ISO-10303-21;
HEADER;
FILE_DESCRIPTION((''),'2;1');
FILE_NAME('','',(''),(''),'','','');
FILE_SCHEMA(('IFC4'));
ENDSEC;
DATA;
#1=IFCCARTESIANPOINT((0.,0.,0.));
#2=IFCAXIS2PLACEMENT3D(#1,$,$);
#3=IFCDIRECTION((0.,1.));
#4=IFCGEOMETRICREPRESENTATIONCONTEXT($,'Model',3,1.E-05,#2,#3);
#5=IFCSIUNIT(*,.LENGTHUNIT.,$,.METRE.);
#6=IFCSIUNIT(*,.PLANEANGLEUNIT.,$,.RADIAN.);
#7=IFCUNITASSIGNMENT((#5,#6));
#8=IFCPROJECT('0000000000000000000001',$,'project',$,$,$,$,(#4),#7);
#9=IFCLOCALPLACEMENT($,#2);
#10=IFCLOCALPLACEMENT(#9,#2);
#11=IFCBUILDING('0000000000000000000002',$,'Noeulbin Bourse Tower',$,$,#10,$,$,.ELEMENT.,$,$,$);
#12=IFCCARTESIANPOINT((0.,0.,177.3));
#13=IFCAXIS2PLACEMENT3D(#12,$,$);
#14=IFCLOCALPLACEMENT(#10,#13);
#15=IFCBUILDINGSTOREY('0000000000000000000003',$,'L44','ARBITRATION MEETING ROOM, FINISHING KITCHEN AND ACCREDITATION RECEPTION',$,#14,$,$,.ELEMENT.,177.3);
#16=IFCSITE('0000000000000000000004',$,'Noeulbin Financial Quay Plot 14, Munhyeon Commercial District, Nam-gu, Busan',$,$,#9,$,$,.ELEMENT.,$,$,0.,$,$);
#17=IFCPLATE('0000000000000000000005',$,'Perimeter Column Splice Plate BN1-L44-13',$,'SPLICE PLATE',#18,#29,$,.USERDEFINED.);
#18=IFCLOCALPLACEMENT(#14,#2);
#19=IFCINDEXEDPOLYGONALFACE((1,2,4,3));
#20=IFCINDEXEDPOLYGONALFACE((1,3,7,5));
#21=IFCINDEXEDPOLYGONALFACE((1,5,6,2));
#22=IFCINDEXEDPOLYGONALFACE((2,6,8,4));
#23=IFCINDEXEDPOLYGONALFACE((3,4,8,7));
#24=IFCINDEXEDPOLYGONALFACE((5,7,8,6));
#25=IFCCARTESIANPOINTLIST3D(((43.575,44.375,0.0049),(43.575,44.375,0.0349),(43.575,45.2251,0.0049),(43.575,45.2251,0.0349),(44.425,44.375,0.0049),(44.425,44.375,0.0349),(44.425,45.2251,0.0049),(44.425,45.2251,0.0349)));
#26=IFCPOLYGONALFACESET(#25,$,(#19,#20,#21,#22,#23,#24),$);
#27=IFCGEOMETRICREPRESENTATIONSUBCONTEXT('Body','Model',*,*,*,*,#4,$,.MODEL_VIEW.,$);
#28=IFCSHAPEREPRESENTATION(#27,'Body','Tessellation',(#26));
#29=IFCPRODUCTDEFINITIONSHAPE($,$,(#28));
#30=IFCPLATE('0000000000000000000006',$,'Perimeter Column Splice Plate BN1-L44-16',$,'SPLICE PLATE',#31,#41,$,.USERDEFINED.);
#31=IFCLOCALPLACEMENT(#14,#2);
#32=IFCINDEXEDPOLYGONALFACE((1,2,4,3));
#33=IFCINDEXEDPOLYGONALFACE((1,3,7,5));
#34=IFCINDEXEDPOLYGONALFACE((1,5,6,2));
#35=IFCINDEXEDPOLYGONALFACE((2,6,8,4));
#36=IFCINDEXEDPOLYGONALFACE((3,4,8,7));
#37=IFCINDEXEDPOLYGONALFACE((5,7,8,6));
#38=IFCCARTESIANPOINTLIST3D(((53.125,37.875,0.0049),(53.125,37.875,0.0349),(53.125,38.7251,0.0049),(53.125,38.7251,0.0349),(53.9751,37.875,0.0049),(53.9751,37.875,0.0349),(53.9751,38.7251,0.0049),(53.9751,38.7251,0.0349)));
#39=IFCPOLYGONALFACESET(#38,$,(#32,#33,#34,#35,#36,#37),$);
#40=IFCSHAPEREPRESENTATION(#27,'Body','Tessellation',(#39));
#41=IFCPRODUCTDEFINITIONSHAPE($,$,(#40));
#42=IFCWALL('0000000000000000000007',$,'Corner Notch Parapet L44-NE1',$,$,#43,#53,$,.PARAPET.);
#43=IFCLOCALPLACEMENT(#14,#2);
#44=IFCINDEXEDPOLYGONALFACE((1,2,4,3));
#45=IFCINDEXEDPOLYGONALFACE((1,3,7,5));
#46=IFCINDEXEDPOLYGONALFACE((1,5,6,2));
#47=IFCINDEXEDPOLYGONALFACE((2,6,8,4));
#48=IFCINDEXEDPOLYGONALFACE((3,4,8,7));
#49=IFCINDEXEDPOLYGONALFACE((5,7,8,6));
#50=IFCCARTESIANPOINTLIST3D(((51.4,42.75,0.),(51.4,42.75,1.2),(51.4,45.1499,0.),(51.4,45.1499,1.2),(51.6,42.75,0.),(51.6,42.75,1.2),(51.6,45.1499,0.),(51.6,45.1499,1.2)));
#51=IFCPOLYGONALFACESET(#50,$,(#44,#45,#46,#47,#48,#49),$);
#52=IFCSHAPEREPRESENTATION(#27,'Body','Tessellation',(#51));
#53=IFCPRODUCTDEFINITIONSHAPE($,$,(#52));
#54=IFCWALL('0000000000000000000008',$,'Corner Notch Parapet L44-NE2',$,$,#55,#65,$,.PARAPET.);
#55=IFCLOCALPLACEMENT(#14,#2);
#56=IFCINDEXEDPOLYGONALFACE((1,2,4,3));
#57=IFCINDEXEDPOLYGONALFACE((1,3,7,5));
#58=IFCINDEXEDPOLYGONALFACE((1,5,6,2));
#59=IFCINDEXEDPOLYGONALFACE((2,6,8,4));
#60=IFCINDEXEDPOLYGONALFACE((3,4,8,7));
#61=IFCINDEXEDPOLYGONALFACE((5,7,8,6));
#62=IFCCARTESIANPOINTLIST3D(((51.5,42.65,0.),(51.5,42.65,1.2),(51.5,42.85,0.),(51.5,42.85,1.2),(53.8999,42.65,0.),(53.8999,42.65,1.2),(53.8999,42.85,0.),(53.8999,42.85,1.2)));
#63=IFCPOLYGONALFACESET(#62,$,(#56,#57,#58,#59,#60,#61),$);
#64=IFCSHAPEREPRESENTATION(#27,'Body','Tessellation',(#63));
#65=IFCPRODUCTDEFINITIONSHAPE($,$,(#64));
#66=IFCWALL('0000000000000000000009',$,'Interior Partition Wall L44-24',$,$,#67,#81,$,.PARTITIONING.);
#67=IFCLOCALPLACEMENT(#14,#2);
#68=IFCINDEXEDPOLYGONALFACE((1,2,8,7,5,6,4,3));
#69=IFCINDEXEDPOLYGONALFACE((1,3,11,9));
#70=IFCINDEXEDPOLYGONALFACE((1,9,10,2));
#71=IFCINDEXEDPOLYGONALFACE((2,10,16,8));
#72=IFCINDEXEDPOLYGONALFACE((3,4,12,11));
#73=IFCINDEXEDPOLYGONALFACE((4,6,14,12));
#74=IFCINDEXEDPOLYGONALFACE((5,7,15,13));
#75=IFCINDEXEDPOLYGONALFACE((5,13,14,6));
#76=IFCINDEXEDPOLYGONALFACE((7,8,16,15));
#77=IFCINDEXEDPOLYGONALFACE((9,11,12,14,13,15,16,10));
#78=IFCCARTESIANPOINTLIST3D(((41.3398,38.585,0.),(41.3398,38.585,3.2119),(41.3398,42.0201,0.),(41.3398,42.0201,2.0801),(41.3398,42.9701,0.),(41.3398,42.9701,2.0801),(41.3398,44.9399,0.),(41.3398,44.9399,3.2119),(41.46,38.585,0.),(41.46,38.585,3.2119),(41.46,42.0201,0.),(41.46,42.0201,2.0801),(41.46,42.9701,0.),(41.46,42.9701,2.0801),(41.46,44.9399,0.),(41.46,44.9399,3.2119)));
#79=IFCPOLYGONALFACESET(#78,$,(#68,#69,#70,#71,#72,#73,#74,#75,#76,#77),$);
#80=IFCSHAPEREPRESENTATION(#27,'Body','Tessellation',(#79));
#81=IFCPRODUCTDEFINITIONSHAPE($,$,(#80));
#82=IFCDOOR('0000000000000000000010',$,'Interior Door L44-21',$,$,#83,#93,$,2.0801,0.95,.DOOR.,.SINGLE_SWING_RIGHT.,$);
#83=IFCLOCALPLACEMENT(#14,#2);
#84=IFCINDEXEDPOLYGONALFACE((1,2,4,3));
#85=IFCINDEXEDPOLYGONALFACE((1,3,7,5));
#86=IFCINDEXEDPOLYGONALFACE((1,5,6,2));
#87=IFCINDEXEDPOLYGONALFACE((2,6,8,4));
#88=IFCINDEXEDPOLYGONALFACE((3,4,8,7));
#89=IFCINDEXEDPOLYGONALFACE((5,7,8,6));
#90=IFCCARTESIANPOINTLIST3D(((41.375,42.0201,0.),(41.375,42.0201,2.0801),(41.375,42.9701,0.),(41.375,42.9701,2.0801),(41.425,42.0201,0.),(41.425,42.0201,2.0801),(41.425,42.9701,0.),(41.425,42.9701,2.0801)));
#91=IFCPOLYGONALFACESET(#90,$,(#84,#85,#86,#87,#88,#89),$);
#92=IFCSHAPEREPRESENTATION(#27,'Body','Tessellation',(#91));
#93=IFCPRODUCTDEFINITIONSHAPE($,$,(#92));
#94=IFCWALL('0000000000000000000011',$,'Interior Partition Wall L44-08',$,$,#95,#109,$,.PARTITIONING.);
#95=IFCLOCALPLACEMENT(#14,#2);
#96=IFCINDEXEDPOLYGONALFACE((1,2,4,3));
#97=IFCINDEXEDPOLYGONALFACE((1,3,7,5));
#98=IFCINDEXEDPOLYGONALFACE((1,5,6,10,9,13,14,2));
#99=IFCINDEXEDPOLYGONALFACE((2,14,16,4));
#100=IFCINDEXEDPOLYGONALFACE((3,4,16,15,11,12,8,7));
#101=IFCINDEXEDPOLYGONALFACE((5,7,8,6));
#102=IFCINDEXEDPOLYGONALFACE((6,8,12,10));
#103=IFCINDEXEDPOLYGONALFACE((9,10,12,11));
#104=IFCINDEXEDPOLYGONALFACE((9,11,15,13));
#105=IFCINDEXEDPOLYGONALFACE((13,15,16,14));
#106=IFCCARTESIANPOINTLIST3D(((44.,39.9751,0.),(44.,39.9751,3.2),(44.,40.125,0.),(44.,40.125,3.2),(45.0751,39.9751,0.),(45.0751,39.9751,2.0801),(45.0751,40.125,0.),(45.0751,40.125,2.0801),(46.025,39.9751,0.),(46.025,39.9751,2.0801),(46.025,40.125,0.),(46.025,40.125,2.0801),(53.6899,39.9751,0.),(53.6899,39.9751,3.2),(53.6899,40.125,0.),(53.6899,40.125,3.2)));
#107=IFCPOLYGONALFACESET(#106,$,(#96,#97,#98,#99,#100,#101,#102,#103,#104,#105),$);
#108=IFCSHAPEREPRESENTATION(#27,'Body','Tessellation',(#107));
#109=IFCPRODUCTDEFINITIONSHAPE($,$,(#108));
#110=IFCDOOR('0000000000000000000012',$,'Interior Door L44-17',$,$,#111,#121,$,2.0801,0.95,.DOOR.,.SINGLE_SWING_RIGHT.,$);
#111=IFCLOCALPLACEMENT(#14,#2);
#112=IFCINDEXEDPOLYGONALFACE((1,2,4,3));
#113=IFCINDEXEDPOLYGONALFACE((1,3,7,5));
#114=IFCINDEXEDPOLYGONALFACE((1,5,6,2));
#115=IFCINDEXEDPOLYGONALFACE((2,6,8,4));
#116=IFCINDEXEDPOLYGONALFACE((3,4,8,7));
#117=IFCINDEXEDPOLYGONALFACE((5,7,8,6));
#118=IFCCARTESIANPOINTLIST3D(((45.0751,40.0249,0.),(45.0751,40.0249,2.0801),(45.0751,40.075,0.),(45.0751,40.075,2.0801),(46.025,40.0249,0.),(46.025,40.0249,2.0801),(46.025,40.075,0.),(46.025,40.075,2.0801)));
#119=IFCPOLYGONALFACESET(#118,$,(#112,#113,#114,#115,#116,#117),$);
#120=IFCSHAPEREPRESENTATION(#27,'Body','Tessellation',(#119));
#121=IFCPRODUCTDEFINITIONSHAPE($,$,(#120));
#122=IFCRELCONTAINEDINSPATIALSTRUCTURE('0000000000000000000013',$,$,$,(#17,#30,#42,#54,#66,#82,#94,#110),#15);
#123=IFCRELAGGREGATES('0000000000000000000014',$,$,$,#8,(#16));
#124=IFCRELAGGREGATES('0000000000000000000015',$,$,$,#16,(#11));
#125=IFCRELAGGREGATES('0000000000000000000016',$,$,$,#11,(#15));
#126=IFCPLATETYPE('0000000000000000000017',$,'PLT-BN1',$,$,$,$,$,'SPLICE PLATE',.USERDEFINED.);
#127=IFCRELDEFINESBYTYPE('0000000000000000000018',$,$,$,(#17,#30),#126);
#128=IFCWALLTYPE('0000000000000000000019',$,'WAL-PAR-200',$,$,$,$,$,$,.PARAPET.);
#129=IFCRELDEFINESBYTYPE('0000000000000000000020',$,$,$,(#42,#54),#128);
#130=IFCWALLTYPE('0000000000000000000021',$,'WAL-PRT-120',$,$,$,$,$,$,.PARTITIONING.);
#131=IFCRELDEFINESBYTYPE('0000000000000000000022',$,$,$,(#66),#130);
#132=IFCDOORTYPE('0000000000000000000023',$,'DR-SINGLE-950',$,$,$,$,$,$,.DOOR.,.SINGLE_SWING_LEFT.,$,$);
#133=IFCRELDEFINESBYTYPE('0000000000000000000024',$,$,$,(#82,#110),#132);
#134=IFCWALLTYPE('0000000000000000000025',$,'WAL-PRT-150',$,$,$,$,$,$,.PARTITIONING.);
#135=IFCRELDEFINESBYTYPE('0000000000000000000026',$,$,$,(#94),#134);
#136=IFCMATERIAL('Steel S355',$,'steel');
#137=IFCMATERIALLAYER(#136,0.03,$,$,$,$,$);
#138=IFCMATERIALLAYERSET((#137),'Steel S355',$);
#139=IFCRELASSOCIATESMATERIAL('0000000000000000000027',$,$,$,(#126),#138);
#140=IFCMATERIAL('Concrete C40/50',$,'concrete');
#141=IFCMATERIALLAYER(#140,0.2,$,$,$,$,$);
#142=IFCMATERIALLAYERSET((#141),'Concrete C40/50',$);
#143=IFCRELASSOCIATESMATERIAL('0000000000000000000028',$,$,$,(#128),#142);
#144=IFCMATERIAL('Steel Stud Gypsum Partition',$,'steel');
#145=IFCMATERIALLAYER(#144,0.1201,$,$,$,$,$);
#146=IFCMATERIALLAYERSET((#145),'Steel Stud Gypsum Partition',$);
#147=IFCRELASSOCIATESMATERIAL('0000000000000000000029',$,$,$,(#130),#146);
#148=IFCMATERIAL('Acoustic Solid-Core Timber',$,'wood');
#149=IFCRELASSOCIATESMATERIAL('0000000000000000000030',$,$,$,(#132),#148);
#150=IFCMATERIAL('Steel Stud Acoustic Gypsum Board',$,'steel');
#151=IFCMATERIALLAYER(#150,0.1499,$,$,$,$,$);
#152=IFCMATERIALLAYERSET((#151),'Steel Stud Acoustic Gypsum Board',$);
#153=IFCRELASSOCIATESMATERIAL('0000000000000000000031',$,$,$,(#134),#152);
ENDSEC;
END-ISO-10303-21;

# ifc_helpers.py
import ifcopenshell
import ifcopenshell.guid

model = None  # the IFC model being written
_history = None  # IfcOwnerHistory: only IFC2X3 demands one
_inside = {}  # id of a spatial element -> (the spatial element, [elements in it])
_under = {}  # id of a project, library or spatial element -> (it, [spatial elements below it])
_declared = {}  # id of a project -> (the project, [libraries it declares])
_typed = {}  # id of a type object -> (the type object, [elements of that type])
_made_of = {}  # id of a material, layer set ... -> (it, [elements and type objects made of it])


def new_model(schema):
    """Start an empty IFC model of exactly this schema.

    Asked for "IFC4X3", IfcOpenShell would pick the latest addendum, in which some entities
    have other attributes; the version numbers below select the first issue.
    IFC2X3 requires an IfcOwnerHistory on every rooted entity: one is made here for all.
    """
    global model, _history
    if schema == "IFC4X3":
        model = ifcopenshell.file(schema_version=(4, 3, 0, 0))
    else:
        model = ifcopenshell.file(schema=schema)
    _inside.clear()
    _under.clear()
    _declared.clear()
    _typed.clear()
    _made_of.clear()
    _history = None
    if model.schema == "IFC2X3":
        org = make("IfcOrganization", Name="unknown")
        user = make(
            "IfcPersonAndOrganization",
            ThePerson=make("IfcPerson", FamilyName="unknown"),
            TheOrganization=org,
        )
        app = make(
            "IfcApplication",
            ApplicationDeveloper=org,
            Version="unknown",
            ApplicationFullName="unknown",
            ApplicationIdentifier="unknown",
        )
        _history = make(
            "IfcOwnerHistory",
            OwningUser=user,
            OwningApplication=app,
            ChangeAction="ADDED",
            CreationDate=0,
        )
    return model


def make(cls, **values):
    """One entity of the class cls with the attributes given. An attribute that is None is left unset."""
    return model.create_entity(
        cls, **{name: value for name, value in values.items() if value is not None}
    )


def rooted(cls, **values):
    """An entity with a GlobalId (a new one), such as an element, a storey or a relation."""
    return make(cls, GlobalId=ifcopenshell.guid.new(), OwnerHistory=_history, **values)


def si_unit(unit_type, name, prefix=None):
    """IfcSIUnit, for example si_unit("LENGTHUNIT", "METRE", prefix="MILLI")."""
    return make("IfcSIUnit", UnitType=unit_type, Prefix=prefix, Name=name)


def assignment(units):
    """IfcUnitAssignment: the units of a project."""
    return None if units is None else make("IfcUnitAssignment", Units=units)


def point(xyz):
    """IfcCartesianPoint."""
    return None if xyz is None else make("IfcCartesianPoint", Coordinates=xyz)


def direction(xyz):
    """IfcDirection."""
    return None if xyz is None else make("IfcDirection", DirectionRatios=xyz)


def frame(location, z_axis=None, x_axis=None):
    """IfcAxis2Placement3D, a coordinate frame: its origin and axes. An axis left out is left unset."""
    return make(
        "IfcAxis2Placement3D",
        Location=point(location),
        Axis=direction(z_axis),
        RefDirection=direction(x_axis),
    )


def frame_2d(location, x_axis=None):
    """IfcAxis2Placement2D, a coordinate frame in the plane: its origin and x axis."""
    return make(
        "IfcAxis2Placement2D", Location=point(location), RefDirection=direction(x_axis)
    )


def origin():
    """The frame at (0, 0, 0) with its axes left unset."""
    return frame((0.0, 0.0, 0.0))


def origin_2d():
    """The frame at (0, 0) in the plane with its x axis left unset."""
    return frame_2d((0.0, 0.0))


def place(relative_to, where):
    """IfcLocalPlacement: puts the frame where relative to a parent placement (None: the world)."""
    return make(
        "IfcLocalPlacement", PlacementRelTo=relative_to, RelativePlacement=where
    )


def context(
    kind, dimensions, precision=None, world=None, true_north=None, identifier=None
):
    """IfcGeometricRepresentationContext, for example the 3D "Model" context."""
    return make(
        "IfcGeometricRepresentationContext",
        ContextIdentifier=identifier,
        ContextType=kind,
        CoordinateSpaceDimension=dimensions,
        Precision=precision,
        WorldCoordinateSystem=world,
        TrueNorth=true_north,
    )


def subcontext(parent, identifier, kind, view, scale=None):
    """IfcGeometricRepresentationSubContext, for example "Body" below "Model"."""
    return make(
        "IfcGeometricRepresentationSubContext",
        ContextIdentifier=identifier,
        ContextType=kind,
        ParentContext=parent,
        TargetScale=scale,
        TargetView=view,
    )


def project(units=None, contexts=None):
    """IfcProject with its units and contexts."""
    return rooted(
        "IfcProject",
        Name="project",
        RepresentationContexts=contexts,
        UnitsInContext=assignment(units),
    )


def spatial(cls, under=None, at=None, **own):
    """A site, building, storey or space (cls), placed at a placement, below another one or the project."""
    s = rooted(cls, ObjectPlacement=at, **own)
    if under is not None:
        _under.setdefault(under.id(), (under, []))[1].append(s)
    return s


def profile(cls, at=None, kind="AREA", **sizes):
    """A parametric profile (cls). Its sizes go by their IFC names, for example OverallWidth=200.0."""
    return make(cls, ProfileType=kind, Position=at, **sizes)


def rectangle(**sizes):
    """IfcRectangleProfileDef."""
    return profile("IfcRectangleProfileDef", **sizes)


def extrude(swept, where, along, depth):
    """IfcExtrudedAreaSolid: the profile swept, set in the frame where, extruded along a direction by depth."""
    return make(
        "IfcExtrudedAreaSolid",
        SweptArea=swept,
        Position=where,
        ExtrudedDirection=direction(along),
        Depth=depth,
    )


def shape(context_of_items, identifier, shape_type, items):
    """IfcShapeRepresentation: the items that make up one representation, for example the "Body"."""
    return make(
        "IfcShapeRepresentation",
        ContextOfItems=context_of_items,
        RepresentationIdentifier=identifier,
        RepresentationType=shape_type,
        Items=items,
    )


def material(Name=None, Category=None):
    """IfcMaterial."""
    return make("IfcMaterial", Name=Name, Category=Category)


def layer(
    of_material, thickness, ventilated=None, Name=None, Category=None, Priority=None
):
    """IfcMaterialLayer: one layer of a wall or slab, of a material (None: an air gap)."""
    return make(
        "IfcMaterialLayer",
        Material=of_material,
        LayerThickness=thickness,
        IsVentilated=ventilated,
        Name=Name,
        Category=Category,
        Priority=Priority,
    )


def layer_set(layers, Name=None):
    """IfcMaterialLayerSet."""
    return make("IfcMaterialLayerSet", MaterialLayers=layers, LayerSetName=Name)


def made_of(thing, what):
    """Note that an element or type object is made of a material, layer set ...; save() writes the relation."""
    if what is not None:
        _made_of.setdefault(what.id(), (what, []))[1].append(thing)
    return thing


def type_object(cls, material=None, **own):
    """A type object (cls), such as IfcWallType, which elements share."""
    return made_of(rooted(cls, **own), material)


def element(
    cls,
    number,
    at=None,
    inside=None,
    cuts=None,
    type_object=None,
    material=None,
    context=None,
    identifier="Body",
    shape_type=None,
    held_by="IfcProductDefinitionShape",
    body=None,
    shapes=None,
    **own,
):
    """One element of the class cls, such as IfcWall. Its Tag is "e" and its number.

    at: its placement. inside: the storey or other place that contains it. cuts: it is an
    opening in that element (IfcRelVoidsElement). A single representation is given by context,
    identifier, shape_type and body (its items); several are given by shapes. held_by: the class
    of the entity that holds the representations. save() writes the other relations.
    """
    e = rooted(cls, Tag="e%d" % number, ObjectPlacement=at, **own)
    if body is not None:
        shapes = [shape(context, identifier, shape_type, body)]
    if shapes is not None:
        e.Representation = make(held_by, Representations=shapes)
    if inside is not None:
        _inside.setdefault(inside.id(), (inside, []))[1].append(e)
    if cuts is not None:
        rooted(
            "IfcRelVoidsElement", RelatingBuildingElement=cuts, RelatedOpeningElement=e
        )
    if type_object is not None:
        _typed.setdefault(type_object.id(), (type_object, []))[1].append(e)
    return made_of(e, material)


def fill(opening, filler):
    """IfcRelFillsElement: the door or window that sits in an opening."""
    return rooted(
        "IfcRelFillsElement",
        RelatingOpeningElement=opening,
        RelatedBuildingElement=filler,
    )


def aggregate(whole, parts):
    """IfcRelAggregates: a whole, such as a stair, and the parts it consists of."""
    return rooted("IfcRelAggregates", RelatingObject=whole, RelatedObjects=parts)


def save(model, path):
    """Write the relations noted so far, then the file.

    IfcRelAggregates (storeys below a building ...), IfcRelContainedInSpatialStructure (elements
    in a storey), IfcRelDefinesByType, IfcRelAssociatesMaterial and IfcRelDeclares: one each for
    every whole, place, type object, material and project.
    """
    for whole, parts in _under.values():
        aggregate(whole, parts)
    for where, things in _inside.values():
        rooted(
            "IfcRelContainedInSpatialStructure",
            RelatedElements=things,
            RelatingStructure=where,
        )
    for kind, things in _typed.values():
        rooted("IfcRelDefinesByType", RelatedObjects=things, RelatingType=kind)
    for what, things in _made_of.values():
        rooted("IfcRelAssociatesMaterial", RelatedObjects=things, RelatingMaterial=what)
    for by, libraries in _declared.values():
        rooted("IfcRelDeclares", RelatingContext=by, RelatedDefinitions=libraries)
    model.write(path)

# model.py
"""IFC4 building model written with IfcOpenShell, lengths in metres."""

from ifc_helpers import new_model, si_unit, direction, frame, frame_2d, origin, origin_2d, place, context, subcontext, project, spatial, rectangle, extrude, material, layer, layer_set, type_object, element, fill, save


model = new_model("IFC4")

# Units and contexts
model_context = context("Model", 3, precision=1e-05, world=origin(), true_north=direction((0.0, 1.0)))
body_context = subcontext(model_context, "Body", "Model", "MODEL_VIEW")
ifc_project = project(units=[si_unit("LENGTHUNIT", "METRE"), si_unit("PLANEANGLEUNIT", "RADIAN")], contexts=[model_context])

# Site, building, storey
site_placement = place(None, origin())
site = spatial("IfcSite", under=ifc_project, at=site_placement, Name="Noeulbin Financial Quay Plot 14, Munhyeon Commercial District, Nam-gu, Busan", CompositionType="ELEMENT", RefElevation=0.0)
building_placement = place(site_placement, origin())
building = spatial("IfcBuilding", under=site, at=building_placement, Name="Noeulbin Bourse Tower", CompositionType="ELEMENT")
storey_placement = place(building_placement, frame((0.0, 0.0, 177.3)))
storey = spatial("IfcBuildingStorey", under=building, at=storey_placement, Name="L44", Description="ARBITRATION MEETING ROOM, FINISHING KITCHEN AND ACCREDITATION RECEPTION", CompositionType="ELEMENT", Elevation=177.3)

# Shared definitions
ifc_material_1 = material(Name="Steel S355", Category="steel")

# Plates
ifc_layer_1 = layer(ifc_material_1, 0.03)
ifc_layer_set_1 = layer_set([ifc_layer_1], Name="Steel S355")
plate_type_1 = type_object("IfcPlateType", Name="PLT-BN1", ElementType="SPLICE PLATE", PredefinedType="USERDEFINED", material=ifc_layer_set_1)
for number, where, z_axis, x_axis, name in (
    (1, (44.0, 44.8, 0.0049), (0.0, 0.0, 1.0), (1.0, 0.0, 0.0), "Perimeter Column Splice Plate BN1-L44-13"),
    (2, (53.55, 38.3, 0.0049), (0.0, 0.0, 1.0), (1.0, 0.0, 0.0), "Perimeter Column Splice Plate BN1-L44-16"),
):
    element("IfcPlate", number, at=place(storey_placement, frame(where, z_axis=z_axis, x_axis=x_axis)), inside=storey, type_object=plate_type_1, Name=name, ObjectType="SPLICE PLATE", PredefinedType="USERDEFINED", context=body_context, shape_type="SweptSolid", body=[
        extrude(rectangle(XDim=0.8501, YDim=0.8501, at=origin_2d()), origin(), (0.0, 0.0, 1.0), 0.03),
    ])

# Walls
ifc_material_2 = material(Name="Concrete C40/50", Category="concrete")
ifc_layer_2 = layer(ifc_material_2, 0.2)
ifc_layer_set_2 = layer_set([ifc_layer_2], Name="Concrete C40/50")
wall_type_1 = type_object("IfcWallType", Name="WAL-PAR-200", PredefinedType="PARAPET", material=ifc_layer_set_2)
for number, where, z_axis, x_axis, name in (
    (3, (51.5, 45.1499, 0.0), (0.0, 0.0, 1.0), (0.0, -1.0, 0.0), "Corner Notch Parapet L44-NE1"),
    (4, (51.5, 42.75, 0.0), (0.0, 0.0, 1.0), (1.0, 0.0, 0.0), "Corner Notch Parapet L44-NE2"),
):
    element("IfcWall", number, at=place(storey_placement, frame(where, z_axis=z_axis, x_axis=x_axis)), inside=storey, type_object=wall_type_1, Name=name, PredefinedType="PARAPET", context=body_context, shape_type="SweptSolid", body=[
        extrude(rectangle(XDim=2.3999, YDim=0.2, at=frame_2d((1.2, 0.0))), origin(), (0.0, 0.0, 1.0), 1.2),
    ])

# Walls, openings, doors
ifc_material_3 = material(Name="Steel Stud Gypsum Partition", Category="steel")
ifc_layer_3 = layer(ifc_material_3, 0.1201)
ifc_layer_set_3 = layer_set([ifc_layer_3], Name="Steel Stud Gypsum Partition")
wall_type_2 = type_object("IfcWallType", Name="WAL-PRT-120", PredefinedType="PARTITIONING", material=ifc_layer_set_3)
wall_1_placement = place(storey_placement, frame((41.3999, 38.585, 0.0), z_axis=(0.0, 0.0, 1.0), x_axis=(0.0, 1.0, 0.0)))
wall_1 = element("IfcWall", 5, at=wall_1_placement, inside=storey, type_object=wall_type_2, Name="Interior Partition Wall L44-24", PredefinedType="PARTITIONING", context=body_context, shape_type="SweptSolid", body=[
    extrude(rectangle(XDim=6.355, YDim=0.1201, at=frame_2d((3.1775, 0.0))), origin(), (0.0, 0.0, 1.0), 3.2119),
])
opening_1_placement = place(wall_1_placement, frame((3.4351, 0.0, 0.0)))
opening_1 = element("IfcOpeningElement", 6, at=opening_1_placement, cuts=wall_1, PredefinedType="OPENING", context=body_context, shape_type="SweptSolid", body=[
    extrude(rectangle(XDim=0.95, YDim=2.0801, at=frame_2d((0.4751, 1.04))), frame((0.0, 0.0701, 0.0), z_axis=(0.0, -1.0, 0.0), x_axis=(1.0, 0.0, 0.0)), (0.0, 0.0, 1.0), 0.1401),
])
ifc_material_4 = material(Name="Acoustic Solid-Core Timber", Category="wood")
door_type = type_object("IfcDoorType", Name="DR-SINGLE-950", OperationType="SINGLE_SWING_LEFT", PredefinedType="DOOR", material=ifc_material_4)
door_1_placement = place(opening_1_placement, origin())
door_1 = element("IfcDoor", 7, at=door_1_placement, inside=storey, type_object=door_type, Name="Interior Door L44-21", OperationType="SINGLE_SWING_RIGHT", OverallHeight=2.0801, OverallWidth=0.95, PredefinedType="DOOR", context=body_context, shape_type="SweptSolid", body=[
    extrude(rectangle(XDim=0.95, YDim=2.0801, at=frame_2d((0.4751, 1.04))), frame((0.0, 0.0249, 0.0), z_axis=(0.0, -1.0, 0.0), x_axis=(1.0, 0.0, 0.0)), (0.0, 0.0, 1.0), 0.05),
])
fill(opening_1, door_1)
ifc_material_5 = material(Name="Steel Stud Acoustic Gypsum Board", Category="steel")
ifc_layer_4 = layer(ifc_material_5, 0.1499)
ifc_layer_set_4 = layer_set([ifc_layer_4], Name="Steel Stud Acoustic Gypsum Board")
wall_type_3 = type_object("IfcWallType", Name="WAL-PRT-150", PredefinedType="PARTITIONING", material=ifc_layer_set_4)
wall_2_placement = place(storey_placement, frame((44.0, 40.05, 0.0), z_axis=(0.0, 0.0, 1.0), x_axis=(1.0, 0.0, 0.0)))
wall_2 = element("IfcWall", 8, at=wall_2_placement, inside=storey, type_object=wall_type_3, Name="Interior Partition Wall L44-08", PredefinedType="PARTITIONING", context=body_context, shape_type="SweptSolid", body=[
    extrude(rectangle(XDim=9.6899, YDim=0.1499, at=frame_2d((4.845, 0.0))), origin(), (0.0, 0.0, 1.0), 3.2),
])
opening_2_placement = place(wall_2_placement, frame((1.075, 0.0, 0.0)))
opening_2 = element("IfcOpeningElement", 9, at=opening_2_placement, cuts=wall_2, PredefinedType="OPENING", context=body_context, shape_type="SweptSolid", body=[
    extrude(rectangle(XDim=0.95, YDim=2.0801, at=frame_2d((0.4751, 1.04))), frame((0.0, 0.085, 0.0), z_axis=(0.0, -1.0, 0.0), x_axis=(1.0, 0.0, 0.0)), (0.0, 0.0, 1.0), 0.1699),
])
door_2_placement = place(opening_2_placement, origin())
door_2 = element("IfcDoor", 10, at=door_2_placement, inside=storey, type_object=door_type, Name="Interior Door L44-17", OperationType="SINGLE_SWING_RIGHT", OverallHeight=2.0801, OverallWidth=0.95, PredefinedType="DOOR", context=body_context, shape_type="SweptSolid", body=[
    extrude(rectangle(XDim=0.95, YDim=2.0801, at=frame_2d((0.4751, 1.04))), frame((0.0, 0.0249, 0.0), z_axis=(0.0, -1.0, 0.0), x_axis=(1.0, 0.0, 0.0)), (0.0, 0.0, 1.0), 0.05),
])
fill(opening_2, door_2)

save(model, "model.ifc")
